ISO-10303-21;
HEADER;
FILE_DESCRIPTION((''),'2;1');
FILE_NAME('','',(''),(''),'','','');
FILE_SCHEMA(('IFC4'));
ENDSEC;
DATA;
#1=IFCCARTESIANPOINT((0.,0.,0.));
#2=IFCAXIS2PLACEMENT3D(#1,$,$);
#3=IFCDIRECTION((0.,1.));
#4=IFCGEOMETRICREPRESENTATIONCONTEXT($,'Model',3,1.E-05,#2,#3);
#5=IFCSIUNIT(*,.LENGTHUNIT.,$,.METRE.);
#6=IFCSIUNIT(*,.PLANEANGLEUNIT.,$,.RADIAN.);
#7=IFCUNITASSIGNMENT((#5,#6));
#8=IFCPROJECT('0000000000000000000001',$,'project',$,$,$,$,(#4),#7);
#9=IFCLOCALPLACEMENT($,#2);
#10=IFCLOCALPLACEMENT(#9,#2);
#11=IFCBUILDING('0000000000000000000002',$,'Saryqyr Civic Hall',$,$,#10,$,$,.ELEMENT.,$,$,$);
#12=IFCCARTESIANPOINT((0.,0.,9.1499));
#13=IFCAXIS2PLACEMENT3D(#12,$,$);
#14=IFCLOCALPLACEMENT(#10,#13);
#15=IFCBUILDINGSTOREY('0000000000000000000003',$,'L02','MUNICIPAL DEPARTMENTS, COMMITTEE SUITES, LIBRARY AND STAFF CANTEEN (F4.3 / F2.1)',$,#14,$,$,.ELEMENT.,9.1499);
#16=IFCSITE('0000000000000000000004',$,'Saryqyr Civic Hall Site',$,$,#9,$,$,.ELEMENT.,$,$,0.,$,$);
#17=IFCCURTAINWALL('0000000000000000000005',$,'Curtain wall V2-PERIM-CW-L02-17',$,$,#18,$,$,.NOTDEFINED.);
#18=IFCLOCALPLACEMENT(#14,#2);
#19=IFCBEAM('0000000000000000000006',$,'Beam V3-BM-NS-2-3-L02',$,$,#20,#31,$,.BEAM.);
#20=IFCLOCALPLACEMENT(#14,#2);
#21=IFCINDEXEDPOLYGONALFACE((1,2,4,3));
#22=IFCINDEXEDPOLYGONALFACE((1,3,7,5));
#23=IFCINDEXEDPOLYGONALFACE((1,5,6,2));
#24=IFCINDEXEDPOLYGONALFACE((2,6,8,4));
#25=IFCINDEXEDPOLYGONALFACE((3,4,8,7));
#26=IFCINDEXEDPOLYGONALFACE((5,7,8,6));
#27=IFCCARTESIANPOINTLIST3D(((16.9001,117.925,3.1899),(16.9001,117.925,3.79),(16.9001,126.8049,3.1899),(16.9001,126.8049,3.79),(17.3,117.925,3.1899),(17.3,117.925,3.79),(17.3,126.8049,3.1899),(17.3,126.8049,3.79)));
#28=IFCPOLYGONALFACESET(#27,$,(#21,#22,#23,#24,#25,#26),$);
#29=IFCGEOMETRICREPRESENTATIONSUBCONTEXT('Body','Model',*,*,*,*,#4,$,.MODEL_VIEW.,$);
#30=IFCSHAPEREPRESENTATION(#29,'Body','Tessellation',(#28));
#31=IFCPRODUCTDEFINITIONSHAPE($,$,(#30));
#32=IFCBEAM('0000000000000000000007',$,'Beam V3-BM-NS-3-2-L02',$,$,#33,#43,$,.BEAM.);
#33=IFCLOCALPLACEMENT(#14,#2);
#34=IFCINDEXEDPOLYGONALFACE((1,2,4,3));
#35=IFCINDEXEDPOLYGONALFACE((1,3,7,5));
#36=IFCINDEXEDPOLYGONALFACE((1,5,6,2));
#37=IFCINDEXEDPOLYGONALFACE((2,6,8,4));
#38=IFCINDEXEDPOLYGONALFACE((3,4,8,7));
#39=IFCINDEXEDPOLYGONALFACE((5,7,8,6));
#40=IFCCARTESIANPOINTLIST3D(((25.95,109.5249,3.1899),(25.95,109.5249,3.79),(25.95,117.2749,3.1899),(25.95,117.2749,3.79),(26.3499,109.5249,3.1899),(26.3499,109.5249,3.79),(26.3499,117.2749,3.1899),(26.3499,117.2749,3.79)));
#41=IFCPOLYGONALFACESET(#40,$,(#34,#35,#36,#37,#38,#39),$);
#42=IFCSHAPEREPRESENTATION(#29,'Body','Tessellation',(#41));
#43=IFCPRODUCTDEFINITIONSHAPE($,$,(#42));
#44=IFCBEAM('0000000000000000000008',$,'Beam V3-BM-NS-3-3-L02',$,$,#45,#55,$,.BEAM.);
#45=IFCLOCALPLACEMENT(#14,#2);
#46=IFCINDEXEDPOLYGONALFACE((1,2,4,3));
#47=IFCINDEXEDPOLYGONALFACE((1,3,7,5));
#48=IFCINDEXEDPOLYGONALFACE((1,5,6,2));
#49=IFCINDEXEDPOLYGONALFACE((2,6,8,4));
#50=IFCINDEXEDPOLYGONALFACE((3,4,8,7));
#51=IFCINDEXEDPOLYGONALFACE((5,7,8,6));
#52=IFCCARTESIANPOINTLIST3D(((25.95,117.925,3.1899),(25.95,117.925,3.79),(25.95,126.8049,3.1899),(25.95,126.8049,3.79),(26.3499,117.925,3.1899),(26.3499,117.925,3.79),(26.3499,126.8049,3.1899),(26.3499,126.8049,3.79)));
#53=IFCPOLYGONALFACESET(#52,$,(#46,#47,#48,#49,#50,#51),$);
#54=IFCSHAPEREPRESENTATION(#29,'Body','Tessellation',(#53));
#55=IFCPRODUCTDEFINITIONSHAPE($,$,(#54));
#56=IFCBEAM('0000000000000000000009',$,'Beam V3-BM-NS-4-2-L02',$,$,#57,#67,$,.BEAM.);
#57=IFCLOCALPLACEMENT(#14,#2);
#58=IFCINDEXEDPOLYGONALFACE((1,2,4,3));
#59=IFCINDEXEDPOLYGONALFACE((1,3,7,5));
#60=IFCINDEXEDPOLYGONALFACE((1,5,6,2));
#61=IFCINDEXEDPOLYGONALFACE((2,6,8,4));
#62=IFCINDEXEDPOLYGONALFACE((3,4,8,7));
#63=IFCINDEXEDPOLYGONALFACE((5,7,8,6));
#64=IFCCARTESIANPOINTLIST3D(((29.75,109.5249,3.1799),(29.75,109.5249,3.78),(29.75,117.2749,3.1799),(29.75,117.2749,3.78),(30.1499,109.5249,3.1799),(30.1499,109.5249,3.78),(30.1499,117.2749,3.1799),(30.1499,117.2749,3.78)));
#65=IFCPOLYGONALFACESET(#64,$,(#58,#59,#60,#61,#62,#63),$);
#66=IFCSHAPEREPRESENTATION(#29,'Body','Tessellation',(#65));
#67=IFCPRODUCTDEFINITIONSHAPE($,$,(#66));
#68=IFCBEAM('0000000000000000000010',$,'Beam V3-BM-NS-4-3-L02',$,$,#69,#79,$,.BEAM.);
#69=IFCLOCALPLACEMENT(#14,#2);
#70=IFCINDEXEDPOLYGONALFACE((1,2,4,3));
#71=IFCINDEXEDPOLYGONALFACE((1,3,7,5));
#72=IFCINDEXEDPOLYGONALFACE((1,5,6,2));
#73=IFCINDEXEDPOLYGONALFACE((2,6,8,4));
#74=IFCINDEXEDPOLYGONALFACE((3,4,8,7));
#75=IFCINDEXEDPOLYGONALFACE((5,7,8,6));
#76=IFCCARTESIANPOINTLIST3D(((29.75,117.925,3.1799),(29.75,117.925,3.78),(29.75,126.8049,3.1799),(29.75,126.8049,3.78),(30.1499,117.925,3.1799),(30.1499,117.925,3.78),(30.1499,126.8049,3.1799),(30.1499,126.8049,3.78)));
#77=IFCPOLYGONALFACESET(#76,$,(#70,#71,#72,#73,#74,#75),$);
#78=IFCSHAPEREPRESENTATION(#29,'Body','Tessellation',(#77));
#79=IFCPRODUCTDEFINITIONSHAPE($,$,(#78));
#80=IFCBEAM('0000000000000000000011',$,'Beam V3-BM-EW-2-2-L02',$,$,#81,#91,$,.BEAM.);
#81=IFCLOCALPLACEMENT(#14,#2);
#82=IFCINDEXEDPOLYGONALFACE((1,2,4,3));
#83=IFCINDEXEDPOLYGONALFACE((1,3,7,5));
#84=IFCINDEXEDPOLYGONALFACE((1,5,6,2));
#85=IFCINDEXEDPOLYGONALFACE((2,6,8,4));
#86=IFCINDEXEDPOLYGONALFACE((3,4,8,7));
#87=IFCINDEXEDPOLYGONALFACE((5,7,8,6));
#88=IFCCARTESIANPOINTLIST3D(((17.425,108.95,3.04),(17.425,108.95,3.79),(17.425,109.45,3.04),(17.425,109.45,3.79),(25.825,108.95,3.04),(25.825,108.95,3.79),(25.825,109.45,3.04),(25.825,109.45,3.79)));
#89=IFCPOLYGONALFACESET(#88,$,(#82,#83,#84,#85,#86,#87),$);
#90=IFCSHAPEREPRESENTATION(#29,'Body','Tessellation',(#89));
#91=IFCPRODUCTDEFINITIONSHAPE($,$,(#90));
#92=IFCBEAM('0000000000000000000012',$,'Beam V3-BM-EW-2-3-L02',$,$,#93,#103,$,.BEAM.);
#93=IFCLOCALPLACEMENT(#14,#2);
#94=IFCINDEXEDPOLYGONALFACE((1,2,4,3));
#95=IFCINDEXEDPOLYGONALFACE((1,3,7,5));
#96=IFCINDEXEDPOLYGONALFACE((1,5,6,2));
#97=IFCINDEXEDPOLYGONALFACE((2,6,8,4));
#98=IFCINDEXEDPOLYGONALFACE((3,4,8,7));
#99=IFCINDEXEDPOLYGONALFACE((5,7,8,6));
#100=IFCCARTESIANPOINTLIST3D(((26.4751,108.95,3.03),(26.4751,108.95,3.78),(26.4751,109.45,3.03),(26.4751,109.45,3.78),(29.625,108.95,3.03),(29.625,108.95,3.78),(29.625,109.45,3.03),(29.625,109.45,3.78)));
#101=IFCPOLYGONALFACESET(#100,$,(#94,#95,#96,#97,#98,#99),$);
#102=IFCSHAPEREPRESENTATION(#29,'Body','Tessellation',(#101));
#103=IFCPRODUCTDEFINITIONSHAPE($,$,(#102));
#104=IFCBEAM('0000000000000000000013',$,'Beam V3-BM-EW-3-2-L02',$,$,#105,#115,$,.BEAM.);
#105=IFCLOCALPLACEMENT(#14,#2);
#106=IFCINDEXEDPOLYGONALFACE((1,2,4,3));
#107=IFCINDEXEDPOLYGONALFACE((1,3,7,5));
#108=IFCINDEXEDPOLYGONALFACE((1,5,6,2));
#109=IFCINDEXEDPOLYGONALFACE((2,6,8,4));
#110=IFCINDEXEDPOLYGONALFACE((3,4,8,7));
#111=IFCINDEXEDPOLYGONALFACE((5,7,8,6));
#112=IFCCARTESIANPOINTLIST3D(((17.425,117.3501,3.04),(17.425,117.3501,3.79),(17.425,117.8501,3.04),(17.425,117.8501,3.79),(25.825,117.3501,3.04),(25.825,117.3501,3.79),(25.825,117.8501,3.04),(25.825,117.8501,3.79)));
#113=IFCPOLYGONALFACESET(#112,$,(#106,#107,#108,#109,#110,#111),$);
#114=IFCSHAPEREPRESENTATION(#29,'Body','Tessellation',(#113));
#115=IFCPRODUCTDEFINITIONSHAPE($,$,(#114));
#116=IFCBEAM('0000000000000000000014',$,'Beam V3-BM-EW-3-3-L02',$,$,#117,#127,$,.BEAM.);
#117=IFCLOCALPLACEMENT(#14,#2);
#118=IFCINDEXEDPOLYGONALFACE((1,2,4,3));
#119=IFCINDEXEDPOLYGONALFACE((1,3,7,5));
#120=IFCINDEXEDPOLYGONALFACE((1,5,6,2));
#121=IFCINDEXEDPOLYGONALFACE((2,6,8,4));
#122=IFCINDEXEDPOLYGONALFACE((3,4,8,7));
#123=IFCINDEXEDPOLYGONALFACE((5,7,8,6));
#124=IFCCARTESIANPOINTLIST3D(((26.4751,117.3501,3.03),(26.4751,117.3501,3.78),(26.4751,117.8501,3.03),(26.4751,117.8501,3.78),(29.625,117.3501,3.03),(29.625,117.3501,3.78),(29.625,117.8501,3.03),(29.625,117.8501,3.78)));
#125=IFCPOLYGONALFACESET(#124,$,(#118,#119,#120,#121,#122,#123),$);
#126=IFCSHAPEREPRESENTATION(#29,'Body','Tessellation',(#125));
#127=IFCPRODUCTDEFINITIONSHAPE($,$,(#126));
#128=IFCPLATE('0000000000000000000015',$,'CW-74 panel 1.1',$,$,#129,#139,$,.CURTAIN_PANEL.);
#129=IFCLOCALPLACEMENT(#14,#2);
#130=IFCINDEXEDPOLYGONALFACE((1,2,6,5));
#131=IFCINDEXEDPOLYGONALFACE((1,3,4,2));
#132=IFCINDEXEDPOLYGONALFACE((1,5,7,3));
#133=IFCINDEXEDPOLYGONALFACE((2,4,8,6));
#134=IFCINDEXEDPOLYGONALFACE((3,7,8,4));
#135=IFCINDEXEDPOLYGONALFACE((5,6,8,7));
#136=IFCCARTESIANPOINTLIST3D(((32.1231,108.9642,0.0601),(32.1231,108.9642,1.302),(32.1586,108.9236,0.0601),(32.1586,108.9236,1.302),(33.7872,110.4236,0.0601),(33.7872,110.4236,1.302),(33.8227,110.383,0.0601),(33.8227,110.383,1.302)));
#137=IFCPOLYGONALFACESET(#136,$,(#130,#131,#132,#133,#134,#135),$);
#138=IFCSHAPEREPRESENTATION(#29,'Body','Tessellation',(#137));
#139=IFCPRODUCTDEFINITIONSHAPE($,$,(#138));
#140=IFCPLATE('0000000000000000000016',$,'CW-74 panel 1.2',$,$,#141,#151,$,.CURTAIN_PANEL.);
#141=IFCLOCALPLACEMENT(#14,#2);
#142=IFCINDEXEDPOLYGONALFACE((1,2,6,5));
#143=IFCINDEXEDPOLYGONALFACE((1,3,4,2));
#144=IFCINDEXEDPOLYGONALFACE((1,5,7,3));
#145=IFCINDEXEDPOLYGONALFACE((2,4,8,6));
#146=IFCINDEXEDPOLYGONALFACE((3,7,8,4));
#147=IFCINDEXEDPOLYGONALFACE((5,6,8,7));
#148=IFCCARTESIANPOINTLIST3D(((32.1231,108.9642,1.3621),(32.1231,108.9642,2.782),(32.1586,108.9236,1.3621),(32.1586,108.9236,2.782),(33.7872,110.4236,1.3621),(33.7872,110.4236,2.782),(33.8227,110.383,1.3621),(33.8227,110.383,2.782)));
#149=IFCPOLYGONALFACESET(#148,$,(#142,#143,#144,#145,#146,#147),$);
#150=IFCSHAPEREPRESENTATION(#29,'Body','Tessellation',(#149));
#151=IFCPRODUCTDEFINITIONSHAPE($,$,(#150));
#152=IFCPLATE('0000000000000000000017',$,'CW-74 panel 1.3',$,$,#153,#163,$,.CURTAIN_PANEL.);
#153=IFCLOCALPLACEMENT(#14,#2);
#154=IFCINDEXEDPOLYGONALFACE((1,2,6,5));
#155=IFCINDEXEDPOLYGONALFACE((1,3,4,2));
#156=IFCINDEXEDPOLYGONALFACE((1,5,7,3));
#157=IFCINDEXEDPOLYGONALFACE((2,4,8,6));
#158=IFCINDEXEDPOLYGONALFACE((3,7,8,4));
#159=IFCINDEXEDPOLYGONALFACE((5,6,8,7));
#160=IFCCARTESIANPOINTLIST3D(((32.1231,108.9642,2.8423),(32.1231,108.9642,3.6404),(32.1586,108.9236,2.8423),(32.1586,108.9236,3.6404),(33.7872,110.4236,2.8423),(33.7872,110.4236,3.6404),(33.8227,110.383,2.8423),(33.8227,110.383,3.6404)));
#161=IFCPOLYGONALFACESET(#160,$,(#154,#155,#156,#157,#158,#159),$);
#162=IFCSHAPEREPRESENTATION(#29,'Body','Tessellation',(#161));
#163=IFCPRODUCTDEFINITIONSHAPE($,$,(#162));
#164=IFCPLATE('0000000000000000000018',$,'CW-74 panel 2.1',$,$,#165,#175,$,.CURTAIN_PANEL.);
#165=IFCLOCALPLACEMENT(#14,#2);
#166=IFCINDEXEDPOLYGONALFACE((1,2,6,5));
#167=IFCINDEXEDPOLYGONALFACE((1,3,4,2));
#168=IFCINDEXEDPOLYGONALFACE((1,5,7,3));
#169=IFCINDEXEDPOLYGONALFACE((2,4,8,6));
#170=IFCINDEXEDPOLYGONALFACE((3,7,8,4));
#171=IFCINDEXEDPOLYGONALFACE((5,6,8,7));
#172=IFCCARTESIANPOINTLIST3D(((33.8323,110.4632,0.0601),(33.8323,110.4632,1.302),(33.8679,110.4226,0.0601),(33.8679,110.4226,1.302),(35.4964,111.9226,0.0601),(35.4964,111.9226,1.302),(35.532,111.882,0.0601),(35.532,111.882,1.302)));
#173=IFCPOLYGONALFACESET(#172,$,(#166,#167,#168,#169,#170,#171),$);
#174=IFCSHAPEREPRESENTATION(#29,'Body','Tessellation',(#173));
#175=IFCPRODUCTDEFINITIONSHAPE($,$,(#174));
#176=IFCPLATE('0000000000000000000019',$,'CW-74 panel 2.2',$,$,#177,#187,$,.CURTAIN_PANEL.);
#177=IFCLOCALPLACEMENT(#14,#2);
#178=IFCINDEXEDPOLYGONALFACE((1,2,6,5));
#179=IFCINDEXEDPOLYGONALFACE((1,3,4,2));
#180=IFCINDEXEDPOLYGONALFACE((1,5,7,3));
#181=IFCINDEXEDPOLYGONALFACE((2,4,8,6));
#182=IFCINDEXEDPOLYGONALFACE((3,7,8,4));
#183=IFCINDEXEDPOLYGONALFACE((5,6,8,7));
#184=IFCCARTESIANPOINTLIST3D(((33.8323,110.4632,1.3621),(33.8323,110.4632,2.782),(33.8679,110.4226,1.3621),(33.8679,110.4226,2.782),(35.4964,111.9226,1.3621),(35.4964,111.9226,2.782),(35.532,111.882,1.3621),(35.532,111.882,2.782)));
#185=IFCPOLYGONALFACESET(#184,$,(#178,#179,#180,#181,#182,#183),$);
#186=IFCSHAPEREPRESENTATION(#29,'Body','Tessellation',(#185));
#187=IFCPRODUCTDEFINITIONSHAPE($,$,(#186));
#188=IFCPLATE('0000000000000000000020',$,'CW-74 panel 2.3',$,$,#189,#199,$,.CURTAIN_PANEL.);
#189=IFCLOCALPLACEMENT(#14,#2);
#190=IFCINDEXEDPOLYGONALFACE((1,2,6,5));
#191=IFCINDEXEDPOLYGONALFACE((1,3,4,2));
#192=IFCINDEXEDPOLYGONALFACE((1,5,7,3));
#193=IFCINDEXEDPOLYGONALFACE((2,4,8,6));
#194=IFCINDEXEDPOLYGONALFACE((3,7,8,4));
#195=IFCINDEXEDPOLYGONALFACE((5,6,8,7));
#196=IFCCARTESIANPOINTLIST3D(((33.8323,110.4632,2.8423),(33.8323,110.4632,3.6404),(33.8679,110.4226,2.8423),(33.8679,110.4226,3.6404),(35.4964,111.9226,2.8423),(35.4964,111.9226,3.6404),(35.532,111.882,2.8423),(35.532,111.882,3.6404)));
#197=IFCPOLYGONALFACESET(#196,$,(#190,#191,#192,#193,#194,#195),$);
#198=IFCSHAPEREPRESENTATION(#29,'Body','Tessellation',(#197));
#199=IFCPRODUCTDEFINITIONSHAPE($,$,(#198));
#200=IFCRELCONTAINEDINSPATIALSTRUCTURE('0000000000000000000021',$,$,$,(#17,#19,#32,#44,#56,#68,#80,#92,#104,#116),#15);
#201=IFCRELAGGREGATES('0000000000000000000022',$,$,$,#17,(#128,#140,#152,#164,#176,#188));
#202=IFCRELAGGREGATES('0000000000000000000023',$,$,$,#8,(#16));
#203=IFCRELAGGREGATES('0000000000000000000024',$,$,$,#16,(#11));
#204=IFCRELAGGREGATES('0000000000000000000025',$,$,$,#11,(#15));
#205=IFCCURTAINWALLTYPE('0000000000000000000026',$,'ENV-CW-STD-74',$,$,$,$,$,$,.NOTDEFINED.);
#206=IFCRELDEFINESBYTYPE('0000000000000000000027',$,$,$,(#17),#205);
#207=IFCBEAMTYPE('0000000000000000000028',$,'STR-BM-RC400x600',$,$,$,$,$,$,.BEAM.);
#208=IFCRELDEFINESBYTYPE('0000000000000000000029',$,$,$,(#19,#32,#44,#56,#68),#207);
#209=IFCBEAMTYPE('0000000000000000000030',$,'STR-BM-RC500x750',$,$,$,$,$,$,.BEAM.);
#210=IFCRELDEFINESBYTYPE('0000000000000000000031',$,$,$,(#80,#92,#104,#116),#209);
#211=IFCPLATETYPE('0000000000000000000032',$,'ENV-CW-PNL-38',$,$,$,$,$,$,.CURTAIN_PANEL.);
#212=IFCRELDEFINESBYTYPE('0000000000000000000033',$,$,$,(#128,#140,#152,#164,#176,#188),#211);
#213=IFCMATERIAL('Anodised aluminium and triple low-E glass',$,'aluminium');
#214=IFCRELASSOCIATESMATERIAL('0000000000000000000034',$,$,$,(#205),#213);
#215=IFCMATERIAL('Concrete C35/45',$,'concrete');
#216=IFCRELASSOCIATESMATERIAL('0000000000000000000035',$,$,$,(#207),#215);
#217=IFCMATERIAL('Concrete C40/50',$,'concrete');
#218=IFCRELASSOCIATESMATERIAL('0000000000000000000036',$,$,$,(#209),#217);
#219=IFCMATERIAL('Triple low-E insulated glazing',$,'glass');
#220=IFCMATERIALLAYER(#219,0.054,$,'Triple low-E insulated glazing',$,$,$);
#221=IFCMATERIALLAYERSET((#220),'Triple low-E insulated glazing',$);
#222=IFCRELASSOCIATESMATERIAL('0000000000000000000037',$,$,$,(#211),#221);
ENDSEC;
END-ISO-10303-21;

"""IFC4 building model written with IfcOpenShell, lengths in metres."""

from ifc_helpers import new_model, si_unit, direction, frame, origin, origin_2d, place, context, subcontext, project, spatial, rectangle, extrude, material, layer, layer_set, material_profile, profile_set, type_object, element, aggregate, save


model = new_model("IFC4")

# Units and contexts
model_context = context("Model", 3, precision=1e-05, world=origin(), true_north=direction((0.0, 1.0)))
body_context = subcontext(model_context, "Body", "Model", "MODEL_VIEW")
ifc_project = project(units=[si_unit("LENGTHUNIT", "METRE"), si_unit("PLANEANGLEUNIT", "RADIAN")], contexts=[model_context])

# Site, building, storey
site_placement = place(None, origin())
site = spatial("IfcSite", under=ifc_project, at=site_placement, Name="Saryqyr Civic Hall Site", CompositionType="ELEMENT", RefElevation=0.0)
building_placement = place(site_placement, origin())
building = spatial("IfcBuilding", under=site, at=building_placement, Name="Saryqyr Civic Hall", CompositionType="ELEMENT")
storey_placement = place(building_placement, frame((0.0, 0.0, 9.1499)))
storey = spatial("IfcBuildingStorey", under=building, at=storey_placement, Name="L02", Description="MUNICIPAL DEPARTMENTS, COMMITTEE SUITES, LIBRARY AND STAFF CANTEEN (F4.3 / F2.1)", CompositionType="ELEMENT", Elevation=9.1499)

# Shared definitions
ifc_material_1 = material(Name="Concrete C40/50", Category="concrete")

# Shared definitions
ifc_material_2 = material(Name="Anodised aluminium and triple low-E glass", Category="aluminium")
curtain_wall_type = type_object("IfcCurtainWallType", Name="ENV-CW-STD-74", PredefinedType="NOTDEFINED", material=ifc_material_2)

# Curtain wall
curtain_wall_1_placement = place(storey_placement, origin())
curtain_wall_1 = element("IfcCurtainWall", 1, at=curtain_wall_1_placement, inside=storey, type_object=curtain_wall_type, Name="Curtain wall V2-PERIM-CW-L02-17", PredefinedType="NOTDEFINED")

# Beams
ifc_material_3 = material(Name="Concrete C35/45", Category="concrete")
ifc_material_profile_1 = material_profile(ifc_material_3, rectangle(XDim=0.3999, YDim=0.6001, at=origin_2d()), Name="RC 400x600")
ifc_profile_set_1 = profile_set([ifc_material_profile_1], Name="Concrete C35/45")
beam_type_1 = type_object("IfcBeamType", Name="STR-BM-RC400x600", PredefinedType="BEAM", material=ifc_profile_set_1)
beam_1_placement = place(storey_placement, frame((17.1001, 117.925, 3.49), z_axis=(0.0, 1.0, 0.0), x_axis=(-1.0, 0.0, 0.0)))
element("IfcBeam", 2, at=beam_1_placement, inside=storey, type_object=beam_type_1, Name="Beam V3-BM-NS-2-3-L02", PredefinedType="BEAM", context=body_context, shape_type="SweptSolid", body=[
    extrude(rectangle(XDim=0.3999, YDim=0.6001, at=origin_2d()), origin(), (0.0, 0.0, 1.0), 8.8799),
])
beam_2_placement = place(storey_placement, frame((26.1499, 109.5249, 3.49), z_axis=(0.0, 1.0, 0.0), x_axis=(-1.0, 0.0, 0.0)))
element("IfcBeam", 3, at=beam_2_placement, inside=storey, type_object=beam_type_1, Name="Beam V3-BM-NS-3-2-L02", PredefinedType="BEAM", context=body_context, shape_type="SweptSolid", body=[
    extrude(rectangle(XDim=0.3999, YDim=0.6001, at=origin_2d()), origin(), (0.0, 0.0, 1.0), 7.75),
])
beam_3_placement = place(storey_placement, frame((26.1499, 117.925, 3.49), z_axis=(0.0, 1.0, 0.0), x_axis=(-1.0, 0.0, 0.0)))
element("IfcBeam", 4, at=beam_3_placement, inside=storey, type_object=beam_type_1, Name="Beam V3-BM-NS-3-3-L02", PredefinedType="BEAM", context=body_context, shape_type="SweptSolid", body=[
    extrude(rectangle(XDim=0.3999, YDim=0.6001, at=origin_2d()), origin(), (0.0, 0.0, 1.0), 8.8799),
])
beam_4_placement = place(storey_placement, frame((29.95, 109.5249, 3.48), z_axis=(0.0, 1.0, 0.0), x_axis=(-1.0, 0.0, 0.0)))
element("IfcBeam", 5, at=beam_4_placement, inside=storey, type_object=beam_type_1, Name="Beam V3-BM-NS-4-2-L02", PredefinedType="BEAM", context=body_context, shape_type="SweptSolid", body=[
    extrude(rectangle(XDim=0.3999, YDim=0.6001, at=origin_2d()), origin(), (0.0, 0.0, 1.0), 7.75),
])
beam_5_placement = place(storey_placement, frame((29.95, 117.925, 3.48), z_axis=(0.0, 1.0, 0.0), x_axis=(-1.0, 0.0, 0.0)))
element("IfcBeam", 6, at=beam_5_placement, inside=storey, type_object=beam_type_1, Name="Beam V3-BM-NS-4-3-L02", PredefinedType="BEAM", context=body_context, shape_type="SweptSolid", body=[
    extrude(rectangle(XDim=0.3999, YDim=0.6001, at=origin_2d()), origin(), (0.0, 0.0, 1.0), 8.8799),
])
ifc_material_profile_2 = material_profile(ifc_material_1, rectangle(XDim=0.5, YDim=0.75, at=origin_2d()), Name="RC 500x750")
ifc_profile_set_2 = profile_set([ifc_material_profile_2], Name="Concrete C40/50")
beam_type_2 = type_object("IfcBeamType", Name="STR-BM-RC500x750", PredefinedType="BEAM", material=ifc_profile_set_2)
beam_6_placement = place(storey_placement, frame((17.425, 109.2, 3.415), z_axis=(1.0, 0.0, 0.0), x_axis=(0.0, 1.0, 0.0)))
element("IfcBeam", 7, at=beam_6_placement, inside=storey, type_object=beam_type_2, Name="Beam V3-BM-EW-2-2-L02", PredefinedType="BEAM", context=body_context, shape_type="SweptSolid", body=[
    extrude(rectangle(XDim=0.5, YDim=0.75, at=origin_2d()), origin(), (0.0, 0.0, 1.0), 8.3999),
])
beam_7_placement = place(storey_placement, frame((26.4751, 109.2, 3.405), z_axis=(1.0, 0.0, 0.0), x_axis=(0.0, 1.0, 0.0)))
element("IfcBeam", 8, at=beam_7_placement, inside=storey, type_object=beam_type_2, Name="Beam V3-BM-EW-2-3-L02", PredefinedType="BEAM", context=body_context, shape_type="SweptSolid", body=[
    extrude(rectangle(XDim=0.5, YDim=0.75, at=origin_2d()), origin(), (0.0, 0.0, 1.0), 3.1499),
])
beam_8_placement = place(storey_placement, frame((17.425, 117.6001, 3.415), z_axis=(1.0, 0.0, 0.0), x_axis=(0.0, 1.0, 0.0)))
element("IfcBeam", 9, at=beam_8_placement, inside=storey, type_object=beam_type_2, Name="Beam V3-BM-EW-3-2-L02", PredefinedType="BEAM", context=body_context, shape_type="SweptSolid", body=[
    extrude(rectangle(XDim=0.5, YDim=0.75, at=origin_2d()), origin(), (0.0, 0.0, 1.0), 8.3999),
])
beam_9_placement = place(storey_placement, frame((26.4751, 117.6001, 3.405), z_axis=(1.0, 0.0, 0.0), x_axis=(0.0, 1.0, 0.0)))
element("IfcBeam", 10, at=beam_9_placement, inside=storey, type_object=beam_type_2, Name="Beam V3-BM-EW-3-3-L02", PredefinedType="BEAM", context=body_context, shape_type="SweptSolid", body=[
    extrude(rectangle(XDim=0.5, YDim=0.75, at=origin_2d()), origin(), (0.0, 0.0, 1.0), 3.1499),
])

# Plates
ifc_material_4 = material(Name="Triple low-E insulated glazing", Category="glass")
ifc_layer_1 = layer(ifc_material_4, 0.054, Name="Triple low-E insulated glazing")
ifc_layer_set_1 = layer_set([ifc_layer_1], Name="Triple low-E insulated glazing")
plate_type = type_object("IfcPlateType", Name="ENV-CW-PNL-38", PredefinedType="CURTAIN_PANEL", material=ifc_layer_set_1)
plate_1_placement = place(storey_placement, frame((32.9729, 109.6736, 0.0601), z_axis=(0.0, 0.0, 1.0), x_axis=(0.751838, 0.659348, 0.0)))
plate_1 = element("IfcPlate", 11, at=plate_1_placement, type_object=plate_type, Name="CW-74 panel 1.1", PredefinedType="CURTAIN_PANEL", context=body_context, shape_type="SweptSolid", body=[
    extrude(rectangle(XDim=2.2134, YDim=0.054, at=origin_2d()), origin(), (0.0, 0.0, 1.0), 1.2419),
])
plate_2_placement = place(storey_placement, frame((32.9729, 109.6736, 1.3621), z_axis=(0.0, 0.0, 1.0), x_axis=(0.751838, 0.659348, 0.0)))
plate_2 = element("IfcPlate", 12, at=plate_2_placement, type_object=plate_type, Name="CW-74 panel 1.2", PredefinedType="CURTAIN_PANEL", context=body_context, shape_type="SweptSolid", body=[
    extrude(rectangle(XDim=2.2134, YDim=0.054, at=origin_2d()), origin(), (0.0, 0.0, 1.0), 1.4199),
])
plate_3_placement = place(storey_placement, frame((32.9729, 109.6736, 2.8423), z_axis=(0.0, 0.0, 1.0), x_axis=(0.751838, 0.659348, 0.0)))
plate_3 = element("IfcPlate", 13, at=plate_3_placement, type_object=plate_type, Name="CW-74 panel 1.3", PredefinedType="CURTAIN_PANEL", context=body_context, shape_type="SweptSolid", body=[
    extrude(rectangle(XDim=2.2134, YDim=0.054, at=origin_2d()), origin(), (0.0, 0.0, 1.0), 0.7981),
])
plate_4_placement = place(storey_placement, frame((34.6821, 111.1726, 0.0601), z_axis=(0.0, 0.0, 1.0), x_axis=(0.751838, 0.659348, 0.0)))
plate_4 = element("IfcPlate", 14, at=plate_4_placement, type_object=plate_type, Name="CW-74 panel 2.1", PredefinedType="CURTAIN_PANEL", context=body_context, shape_type="SweptSolid", body=[
    extrude(rectangle(XDim=2.2134, YDim=0.054, at=origin_2d()), origin(), (0.0, 0.0, 1.0), 1.2419),
])
plate_5_placement = place(storey_placement, frame((34.6821, 111.1726, 1.3621), z_axis=(0.0, 0.0, 1.0), x_axis=(0.751838, 0.659348, 0.0)))
plate_5 = element("IfcPlate", 15, at=plate_5_placement, type_object=plate_type, Name="CW-74 panel 2.2", PredefinedType="CURTAIN_PANEL", context=body_context, shape_type="SweptSolid", body=[
    extrude(rectangle(XDim=2.2134, YDim=0.054, at=origin_2d()), origin(), (0.0, 0.0, 1.0), 1.4199),
])
plate_6_placement = place(storey_placement, frame((34.6821, 111.1726, 2.8423), z_axis=(0.0, 0.0, 1.0), x_axis=(0.751838, 0.659348, 0.0)))
plate_6 = element("IfcPlate", 16, at=plate_6_placement, type_object=plate_type, Name="CW-74 panel 2.3", PredefinedType="CURTAIN_PANEL", context=body_context, shape_type="SweptSolid", body=[
    extrude(rectangle(XDim=2.2134, YDim=0.054, at=origin_2d()), origin(), (0.0, 0.0, 1.0), 0.7981),
])
aggregate(curtain_wall_1, [plate_1, plate_2, plate_3, plate_4, plate_5, plate_6])

save(model, "model.ifc")
